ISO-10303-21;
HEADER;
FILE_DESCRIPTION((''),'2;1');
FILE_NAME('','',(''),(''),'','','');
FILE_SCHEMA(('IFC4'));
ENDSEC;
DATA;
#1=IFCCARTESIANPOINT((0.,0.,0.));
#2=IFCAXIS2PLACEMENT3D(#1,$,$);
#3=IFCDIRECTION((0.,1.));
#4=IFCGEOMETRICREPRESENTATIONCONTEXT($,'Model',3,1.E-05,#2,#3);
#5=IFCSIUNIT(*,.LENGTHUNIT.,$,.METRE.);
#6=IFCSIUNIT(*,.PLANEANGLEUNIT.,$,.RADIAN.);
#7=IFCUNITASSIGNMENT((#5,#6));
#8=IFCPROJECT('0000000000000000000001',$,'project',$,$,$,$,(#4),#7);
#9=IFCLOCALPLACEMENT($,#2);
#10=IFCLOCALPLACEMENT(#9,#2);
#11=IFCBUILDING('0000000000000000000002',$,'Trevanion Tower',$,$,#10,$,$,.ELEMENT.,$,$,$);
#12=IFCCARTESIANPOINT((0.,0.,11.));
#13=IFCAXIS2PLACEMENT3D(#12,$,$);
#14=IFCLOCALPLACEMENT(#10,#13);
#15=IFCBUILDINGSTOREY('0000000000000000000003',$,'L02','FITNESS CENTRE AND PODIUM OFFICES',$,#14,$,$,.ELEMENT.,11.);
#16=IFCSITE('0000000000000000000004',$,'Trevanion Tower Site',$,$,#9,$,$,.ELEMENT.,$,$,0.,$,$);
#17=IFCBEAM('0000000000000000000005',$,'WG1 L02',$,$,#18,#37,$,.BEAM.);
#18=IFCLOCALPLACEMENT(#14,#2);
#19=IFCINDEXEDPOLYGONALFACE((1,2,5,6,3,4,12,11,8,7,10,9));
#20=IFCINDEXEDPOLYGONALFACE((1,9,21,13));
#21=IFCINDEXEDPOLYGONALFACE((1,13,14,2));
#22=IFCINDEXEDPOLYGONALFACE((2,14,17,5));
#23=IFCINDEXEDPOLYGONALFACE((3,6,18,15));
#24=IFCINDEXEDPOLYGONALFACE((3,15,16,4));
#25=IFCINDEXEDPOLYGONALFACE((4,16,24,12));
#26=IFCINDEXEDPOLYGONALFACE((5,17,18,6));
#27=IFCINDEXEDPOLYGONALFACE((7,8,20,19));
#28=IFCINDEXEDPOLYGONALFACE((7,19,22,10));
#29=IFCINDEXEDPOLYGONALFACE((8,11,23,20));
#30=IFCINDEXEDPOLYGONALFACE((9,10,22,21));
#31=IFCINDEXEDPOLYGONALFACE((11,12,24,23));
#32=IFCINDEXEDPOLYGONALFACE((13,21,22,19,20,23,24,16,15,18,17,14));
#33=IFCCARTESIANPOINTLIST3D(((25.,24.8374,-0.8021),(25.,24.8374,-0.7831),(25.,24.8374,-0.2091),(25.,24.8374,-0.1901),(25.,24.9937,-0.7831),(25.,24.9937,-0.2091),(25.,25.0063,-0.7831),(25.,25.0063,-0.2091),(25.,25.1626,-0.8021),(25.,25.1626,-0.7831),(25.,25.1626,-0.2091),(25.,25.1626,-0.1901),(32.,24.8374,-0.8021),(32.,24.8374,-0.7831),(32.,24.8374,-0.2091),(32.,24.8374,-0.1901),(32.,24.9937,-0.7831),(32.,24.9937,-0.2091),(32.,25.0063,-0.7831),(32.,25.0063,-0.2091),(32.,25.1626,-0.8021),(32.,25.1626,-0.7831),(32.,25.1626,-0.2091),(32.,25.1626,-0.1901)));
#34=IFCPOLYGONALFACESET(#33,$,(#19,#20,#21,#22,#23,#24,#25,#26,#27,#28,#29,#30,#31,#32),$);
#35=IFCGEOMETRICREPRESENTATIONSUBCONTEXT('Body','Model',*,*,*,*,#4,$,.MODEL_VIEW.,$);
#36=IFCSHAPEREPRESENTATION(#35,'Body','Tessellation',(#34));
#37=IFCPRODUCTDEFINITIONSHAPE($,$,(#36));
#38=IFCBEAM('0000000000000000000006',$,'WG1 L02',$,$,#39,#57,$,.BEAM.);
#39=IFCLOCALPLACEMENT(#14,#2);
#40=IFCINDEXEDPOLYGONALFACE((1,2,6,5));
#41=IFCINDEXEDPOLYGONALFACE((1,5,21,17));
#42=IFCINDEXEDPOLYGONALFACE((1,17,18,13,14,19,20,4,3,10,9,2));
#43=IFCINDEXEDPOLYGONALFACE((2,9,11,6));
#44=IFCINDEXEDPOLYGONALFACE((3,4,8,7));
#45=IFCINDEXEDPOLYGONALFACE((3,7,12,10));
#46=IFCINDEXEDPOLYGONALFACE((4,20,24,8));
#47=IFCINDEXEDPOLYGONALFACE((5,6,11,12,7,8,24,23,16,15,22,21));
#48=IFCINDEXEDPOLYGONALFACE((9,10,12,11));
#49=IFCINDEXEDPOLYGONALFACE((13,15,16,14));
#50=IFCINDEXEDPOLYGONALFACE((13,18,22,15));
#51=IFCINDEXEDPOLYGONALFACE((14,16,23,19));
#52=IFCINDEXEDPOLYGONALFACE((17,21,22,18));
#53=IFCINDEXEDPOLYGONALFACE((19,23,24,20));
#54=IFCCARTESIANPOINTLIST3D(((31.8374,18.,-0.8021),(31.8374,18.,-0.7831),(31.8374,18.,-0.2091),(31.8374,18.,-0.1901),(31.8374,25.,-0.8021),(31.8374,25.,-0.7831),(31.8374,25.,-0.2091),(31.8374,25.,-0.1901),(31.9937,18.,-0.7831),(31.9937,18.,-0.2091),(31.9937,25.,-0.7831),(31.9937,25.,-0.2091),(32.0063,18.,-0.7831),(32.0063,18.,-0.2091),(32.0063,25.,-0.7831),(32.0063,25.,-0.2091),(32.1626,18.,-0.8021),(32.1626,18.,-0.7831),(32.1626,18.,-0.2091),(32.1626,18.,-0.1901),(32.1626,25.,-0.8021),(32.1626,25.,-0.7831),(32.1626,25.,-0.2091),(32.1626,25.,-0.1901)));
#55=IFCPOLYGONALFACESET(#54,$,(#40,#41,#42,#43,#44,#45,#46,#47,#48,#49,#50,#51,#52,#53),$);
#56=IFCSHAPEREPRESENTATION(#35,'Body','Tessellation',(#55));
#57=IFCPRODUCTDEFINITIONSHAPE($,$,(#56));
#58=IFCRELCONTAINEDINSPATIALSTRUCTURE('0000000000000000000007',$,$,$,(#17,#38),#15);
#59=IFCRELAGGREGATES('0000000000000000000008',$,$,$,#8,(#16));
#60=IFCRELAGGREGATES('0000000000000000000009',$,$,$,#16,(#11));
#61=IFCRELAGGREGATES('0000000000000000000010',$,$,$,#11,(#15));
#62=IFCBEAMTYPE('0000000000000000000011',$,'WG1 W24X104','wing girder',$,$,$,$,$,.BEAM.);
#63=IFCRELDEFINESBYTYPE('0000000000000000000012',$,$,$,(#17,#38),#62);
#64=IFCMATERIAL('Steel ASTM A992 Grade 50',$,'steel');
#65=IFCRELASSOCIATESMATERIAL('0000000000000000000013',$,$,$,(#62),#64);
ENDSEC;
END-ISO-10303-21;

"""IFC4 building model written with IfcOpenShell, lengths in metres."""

from ifc_helpers import new_model, si_unit, direction, frame, origin, origin_2d, place, context, subcontext, project, spatial, i_section, extrude, material, material_profile, profile_set, type_object, element, save


model = new_model("IFC4")

# Units and contexts
model_context = context("Model", 3, precision=1e-05, world=origin(), true_north=direction((0.0, 1.0)))
body_context = subcontext(model_context, "Body", "Model", "MODEL_VIEW")
ifc_project = project(units=[si_unit("LENGTHUNIT", "METRE"), si_unit("PLANEANGLEUNIT", "RADIAN")], contexts=[model_context])

# Site, building, storey
site_placement = place(None, origin())
site = spatial("IfcSite", under=ifc_project, at=site_placement, Name="Trevanion Tower Site", CompositionType="ELEMENT", RefElevation=0.0)
building_placement = place(site_placement, origin())
building = spatial("IfcBuilding", under=site, at=building_placement, Name="Trevanion Tower", CompositionType="ELEMENT")
storey_placement = place(building_placement, frame((0.0, 0.0, 11.0)))
storey = spatial("IfcBuildingStorey", under=building, at=storey_placement, Name="L02", Description="FITNESS CENTRE AND PODIUM OFFICES", CompositionType="ELEMENT", Elevation=11.0)

# Beams
ifc_material_1 = material(Name="Steel ASTM A992 Grade 50", Category="steel")
ifc_material_profile_1 = material_profile(ifc_material_1, i_section(OverallWidth=0.3252, OverallDepth=0.6121, WebThickness=0.0127, FlangeThickness=0.019, at=origin_2d()), Name="W24X104")
ifc_profile_set_1 = profile_set([ifc_material_profile_1], Name="Steel ASTM A992 Grade 50")
beam_type_1 = type_object("IfcBeamType", Name="WG1 W24X104", Description="wing girder", PredefinedType="BEAM", material=ifc_profile_set_1)
for number, where, z_axis, x_axis, name in (
    (1, (25.0, 25.0, -0.4961), (1.0, 0.0, 0.0), (0.0, 1.0, 0.0), "WG1 L02"),
    (2, (32.0, 18.0, -0.4961), (0.0, 1.0, 0.0), (-1.0, 0.0, 0.0), "WG1 L02"),
):
    element("IfcBeam", number, at=place(storey_placement, frame(where, z_axis=z_axis, x_axis=x_axis)), inside=storey, type_object=beam_type_1, Name=name, PredefinedType="BEAM", context=body_context, shape_type="SweptSolid", body=[
        extrude(i_section(OverallWidth=0.3252, OverallDepth=0.6121, WebThickness=0.0127, FlangeThickness=0.019, at=origin_2d()), origin(), (0.0, 0.0, 1.0), 7.0),
    ])

save(model, "model.ifc")
